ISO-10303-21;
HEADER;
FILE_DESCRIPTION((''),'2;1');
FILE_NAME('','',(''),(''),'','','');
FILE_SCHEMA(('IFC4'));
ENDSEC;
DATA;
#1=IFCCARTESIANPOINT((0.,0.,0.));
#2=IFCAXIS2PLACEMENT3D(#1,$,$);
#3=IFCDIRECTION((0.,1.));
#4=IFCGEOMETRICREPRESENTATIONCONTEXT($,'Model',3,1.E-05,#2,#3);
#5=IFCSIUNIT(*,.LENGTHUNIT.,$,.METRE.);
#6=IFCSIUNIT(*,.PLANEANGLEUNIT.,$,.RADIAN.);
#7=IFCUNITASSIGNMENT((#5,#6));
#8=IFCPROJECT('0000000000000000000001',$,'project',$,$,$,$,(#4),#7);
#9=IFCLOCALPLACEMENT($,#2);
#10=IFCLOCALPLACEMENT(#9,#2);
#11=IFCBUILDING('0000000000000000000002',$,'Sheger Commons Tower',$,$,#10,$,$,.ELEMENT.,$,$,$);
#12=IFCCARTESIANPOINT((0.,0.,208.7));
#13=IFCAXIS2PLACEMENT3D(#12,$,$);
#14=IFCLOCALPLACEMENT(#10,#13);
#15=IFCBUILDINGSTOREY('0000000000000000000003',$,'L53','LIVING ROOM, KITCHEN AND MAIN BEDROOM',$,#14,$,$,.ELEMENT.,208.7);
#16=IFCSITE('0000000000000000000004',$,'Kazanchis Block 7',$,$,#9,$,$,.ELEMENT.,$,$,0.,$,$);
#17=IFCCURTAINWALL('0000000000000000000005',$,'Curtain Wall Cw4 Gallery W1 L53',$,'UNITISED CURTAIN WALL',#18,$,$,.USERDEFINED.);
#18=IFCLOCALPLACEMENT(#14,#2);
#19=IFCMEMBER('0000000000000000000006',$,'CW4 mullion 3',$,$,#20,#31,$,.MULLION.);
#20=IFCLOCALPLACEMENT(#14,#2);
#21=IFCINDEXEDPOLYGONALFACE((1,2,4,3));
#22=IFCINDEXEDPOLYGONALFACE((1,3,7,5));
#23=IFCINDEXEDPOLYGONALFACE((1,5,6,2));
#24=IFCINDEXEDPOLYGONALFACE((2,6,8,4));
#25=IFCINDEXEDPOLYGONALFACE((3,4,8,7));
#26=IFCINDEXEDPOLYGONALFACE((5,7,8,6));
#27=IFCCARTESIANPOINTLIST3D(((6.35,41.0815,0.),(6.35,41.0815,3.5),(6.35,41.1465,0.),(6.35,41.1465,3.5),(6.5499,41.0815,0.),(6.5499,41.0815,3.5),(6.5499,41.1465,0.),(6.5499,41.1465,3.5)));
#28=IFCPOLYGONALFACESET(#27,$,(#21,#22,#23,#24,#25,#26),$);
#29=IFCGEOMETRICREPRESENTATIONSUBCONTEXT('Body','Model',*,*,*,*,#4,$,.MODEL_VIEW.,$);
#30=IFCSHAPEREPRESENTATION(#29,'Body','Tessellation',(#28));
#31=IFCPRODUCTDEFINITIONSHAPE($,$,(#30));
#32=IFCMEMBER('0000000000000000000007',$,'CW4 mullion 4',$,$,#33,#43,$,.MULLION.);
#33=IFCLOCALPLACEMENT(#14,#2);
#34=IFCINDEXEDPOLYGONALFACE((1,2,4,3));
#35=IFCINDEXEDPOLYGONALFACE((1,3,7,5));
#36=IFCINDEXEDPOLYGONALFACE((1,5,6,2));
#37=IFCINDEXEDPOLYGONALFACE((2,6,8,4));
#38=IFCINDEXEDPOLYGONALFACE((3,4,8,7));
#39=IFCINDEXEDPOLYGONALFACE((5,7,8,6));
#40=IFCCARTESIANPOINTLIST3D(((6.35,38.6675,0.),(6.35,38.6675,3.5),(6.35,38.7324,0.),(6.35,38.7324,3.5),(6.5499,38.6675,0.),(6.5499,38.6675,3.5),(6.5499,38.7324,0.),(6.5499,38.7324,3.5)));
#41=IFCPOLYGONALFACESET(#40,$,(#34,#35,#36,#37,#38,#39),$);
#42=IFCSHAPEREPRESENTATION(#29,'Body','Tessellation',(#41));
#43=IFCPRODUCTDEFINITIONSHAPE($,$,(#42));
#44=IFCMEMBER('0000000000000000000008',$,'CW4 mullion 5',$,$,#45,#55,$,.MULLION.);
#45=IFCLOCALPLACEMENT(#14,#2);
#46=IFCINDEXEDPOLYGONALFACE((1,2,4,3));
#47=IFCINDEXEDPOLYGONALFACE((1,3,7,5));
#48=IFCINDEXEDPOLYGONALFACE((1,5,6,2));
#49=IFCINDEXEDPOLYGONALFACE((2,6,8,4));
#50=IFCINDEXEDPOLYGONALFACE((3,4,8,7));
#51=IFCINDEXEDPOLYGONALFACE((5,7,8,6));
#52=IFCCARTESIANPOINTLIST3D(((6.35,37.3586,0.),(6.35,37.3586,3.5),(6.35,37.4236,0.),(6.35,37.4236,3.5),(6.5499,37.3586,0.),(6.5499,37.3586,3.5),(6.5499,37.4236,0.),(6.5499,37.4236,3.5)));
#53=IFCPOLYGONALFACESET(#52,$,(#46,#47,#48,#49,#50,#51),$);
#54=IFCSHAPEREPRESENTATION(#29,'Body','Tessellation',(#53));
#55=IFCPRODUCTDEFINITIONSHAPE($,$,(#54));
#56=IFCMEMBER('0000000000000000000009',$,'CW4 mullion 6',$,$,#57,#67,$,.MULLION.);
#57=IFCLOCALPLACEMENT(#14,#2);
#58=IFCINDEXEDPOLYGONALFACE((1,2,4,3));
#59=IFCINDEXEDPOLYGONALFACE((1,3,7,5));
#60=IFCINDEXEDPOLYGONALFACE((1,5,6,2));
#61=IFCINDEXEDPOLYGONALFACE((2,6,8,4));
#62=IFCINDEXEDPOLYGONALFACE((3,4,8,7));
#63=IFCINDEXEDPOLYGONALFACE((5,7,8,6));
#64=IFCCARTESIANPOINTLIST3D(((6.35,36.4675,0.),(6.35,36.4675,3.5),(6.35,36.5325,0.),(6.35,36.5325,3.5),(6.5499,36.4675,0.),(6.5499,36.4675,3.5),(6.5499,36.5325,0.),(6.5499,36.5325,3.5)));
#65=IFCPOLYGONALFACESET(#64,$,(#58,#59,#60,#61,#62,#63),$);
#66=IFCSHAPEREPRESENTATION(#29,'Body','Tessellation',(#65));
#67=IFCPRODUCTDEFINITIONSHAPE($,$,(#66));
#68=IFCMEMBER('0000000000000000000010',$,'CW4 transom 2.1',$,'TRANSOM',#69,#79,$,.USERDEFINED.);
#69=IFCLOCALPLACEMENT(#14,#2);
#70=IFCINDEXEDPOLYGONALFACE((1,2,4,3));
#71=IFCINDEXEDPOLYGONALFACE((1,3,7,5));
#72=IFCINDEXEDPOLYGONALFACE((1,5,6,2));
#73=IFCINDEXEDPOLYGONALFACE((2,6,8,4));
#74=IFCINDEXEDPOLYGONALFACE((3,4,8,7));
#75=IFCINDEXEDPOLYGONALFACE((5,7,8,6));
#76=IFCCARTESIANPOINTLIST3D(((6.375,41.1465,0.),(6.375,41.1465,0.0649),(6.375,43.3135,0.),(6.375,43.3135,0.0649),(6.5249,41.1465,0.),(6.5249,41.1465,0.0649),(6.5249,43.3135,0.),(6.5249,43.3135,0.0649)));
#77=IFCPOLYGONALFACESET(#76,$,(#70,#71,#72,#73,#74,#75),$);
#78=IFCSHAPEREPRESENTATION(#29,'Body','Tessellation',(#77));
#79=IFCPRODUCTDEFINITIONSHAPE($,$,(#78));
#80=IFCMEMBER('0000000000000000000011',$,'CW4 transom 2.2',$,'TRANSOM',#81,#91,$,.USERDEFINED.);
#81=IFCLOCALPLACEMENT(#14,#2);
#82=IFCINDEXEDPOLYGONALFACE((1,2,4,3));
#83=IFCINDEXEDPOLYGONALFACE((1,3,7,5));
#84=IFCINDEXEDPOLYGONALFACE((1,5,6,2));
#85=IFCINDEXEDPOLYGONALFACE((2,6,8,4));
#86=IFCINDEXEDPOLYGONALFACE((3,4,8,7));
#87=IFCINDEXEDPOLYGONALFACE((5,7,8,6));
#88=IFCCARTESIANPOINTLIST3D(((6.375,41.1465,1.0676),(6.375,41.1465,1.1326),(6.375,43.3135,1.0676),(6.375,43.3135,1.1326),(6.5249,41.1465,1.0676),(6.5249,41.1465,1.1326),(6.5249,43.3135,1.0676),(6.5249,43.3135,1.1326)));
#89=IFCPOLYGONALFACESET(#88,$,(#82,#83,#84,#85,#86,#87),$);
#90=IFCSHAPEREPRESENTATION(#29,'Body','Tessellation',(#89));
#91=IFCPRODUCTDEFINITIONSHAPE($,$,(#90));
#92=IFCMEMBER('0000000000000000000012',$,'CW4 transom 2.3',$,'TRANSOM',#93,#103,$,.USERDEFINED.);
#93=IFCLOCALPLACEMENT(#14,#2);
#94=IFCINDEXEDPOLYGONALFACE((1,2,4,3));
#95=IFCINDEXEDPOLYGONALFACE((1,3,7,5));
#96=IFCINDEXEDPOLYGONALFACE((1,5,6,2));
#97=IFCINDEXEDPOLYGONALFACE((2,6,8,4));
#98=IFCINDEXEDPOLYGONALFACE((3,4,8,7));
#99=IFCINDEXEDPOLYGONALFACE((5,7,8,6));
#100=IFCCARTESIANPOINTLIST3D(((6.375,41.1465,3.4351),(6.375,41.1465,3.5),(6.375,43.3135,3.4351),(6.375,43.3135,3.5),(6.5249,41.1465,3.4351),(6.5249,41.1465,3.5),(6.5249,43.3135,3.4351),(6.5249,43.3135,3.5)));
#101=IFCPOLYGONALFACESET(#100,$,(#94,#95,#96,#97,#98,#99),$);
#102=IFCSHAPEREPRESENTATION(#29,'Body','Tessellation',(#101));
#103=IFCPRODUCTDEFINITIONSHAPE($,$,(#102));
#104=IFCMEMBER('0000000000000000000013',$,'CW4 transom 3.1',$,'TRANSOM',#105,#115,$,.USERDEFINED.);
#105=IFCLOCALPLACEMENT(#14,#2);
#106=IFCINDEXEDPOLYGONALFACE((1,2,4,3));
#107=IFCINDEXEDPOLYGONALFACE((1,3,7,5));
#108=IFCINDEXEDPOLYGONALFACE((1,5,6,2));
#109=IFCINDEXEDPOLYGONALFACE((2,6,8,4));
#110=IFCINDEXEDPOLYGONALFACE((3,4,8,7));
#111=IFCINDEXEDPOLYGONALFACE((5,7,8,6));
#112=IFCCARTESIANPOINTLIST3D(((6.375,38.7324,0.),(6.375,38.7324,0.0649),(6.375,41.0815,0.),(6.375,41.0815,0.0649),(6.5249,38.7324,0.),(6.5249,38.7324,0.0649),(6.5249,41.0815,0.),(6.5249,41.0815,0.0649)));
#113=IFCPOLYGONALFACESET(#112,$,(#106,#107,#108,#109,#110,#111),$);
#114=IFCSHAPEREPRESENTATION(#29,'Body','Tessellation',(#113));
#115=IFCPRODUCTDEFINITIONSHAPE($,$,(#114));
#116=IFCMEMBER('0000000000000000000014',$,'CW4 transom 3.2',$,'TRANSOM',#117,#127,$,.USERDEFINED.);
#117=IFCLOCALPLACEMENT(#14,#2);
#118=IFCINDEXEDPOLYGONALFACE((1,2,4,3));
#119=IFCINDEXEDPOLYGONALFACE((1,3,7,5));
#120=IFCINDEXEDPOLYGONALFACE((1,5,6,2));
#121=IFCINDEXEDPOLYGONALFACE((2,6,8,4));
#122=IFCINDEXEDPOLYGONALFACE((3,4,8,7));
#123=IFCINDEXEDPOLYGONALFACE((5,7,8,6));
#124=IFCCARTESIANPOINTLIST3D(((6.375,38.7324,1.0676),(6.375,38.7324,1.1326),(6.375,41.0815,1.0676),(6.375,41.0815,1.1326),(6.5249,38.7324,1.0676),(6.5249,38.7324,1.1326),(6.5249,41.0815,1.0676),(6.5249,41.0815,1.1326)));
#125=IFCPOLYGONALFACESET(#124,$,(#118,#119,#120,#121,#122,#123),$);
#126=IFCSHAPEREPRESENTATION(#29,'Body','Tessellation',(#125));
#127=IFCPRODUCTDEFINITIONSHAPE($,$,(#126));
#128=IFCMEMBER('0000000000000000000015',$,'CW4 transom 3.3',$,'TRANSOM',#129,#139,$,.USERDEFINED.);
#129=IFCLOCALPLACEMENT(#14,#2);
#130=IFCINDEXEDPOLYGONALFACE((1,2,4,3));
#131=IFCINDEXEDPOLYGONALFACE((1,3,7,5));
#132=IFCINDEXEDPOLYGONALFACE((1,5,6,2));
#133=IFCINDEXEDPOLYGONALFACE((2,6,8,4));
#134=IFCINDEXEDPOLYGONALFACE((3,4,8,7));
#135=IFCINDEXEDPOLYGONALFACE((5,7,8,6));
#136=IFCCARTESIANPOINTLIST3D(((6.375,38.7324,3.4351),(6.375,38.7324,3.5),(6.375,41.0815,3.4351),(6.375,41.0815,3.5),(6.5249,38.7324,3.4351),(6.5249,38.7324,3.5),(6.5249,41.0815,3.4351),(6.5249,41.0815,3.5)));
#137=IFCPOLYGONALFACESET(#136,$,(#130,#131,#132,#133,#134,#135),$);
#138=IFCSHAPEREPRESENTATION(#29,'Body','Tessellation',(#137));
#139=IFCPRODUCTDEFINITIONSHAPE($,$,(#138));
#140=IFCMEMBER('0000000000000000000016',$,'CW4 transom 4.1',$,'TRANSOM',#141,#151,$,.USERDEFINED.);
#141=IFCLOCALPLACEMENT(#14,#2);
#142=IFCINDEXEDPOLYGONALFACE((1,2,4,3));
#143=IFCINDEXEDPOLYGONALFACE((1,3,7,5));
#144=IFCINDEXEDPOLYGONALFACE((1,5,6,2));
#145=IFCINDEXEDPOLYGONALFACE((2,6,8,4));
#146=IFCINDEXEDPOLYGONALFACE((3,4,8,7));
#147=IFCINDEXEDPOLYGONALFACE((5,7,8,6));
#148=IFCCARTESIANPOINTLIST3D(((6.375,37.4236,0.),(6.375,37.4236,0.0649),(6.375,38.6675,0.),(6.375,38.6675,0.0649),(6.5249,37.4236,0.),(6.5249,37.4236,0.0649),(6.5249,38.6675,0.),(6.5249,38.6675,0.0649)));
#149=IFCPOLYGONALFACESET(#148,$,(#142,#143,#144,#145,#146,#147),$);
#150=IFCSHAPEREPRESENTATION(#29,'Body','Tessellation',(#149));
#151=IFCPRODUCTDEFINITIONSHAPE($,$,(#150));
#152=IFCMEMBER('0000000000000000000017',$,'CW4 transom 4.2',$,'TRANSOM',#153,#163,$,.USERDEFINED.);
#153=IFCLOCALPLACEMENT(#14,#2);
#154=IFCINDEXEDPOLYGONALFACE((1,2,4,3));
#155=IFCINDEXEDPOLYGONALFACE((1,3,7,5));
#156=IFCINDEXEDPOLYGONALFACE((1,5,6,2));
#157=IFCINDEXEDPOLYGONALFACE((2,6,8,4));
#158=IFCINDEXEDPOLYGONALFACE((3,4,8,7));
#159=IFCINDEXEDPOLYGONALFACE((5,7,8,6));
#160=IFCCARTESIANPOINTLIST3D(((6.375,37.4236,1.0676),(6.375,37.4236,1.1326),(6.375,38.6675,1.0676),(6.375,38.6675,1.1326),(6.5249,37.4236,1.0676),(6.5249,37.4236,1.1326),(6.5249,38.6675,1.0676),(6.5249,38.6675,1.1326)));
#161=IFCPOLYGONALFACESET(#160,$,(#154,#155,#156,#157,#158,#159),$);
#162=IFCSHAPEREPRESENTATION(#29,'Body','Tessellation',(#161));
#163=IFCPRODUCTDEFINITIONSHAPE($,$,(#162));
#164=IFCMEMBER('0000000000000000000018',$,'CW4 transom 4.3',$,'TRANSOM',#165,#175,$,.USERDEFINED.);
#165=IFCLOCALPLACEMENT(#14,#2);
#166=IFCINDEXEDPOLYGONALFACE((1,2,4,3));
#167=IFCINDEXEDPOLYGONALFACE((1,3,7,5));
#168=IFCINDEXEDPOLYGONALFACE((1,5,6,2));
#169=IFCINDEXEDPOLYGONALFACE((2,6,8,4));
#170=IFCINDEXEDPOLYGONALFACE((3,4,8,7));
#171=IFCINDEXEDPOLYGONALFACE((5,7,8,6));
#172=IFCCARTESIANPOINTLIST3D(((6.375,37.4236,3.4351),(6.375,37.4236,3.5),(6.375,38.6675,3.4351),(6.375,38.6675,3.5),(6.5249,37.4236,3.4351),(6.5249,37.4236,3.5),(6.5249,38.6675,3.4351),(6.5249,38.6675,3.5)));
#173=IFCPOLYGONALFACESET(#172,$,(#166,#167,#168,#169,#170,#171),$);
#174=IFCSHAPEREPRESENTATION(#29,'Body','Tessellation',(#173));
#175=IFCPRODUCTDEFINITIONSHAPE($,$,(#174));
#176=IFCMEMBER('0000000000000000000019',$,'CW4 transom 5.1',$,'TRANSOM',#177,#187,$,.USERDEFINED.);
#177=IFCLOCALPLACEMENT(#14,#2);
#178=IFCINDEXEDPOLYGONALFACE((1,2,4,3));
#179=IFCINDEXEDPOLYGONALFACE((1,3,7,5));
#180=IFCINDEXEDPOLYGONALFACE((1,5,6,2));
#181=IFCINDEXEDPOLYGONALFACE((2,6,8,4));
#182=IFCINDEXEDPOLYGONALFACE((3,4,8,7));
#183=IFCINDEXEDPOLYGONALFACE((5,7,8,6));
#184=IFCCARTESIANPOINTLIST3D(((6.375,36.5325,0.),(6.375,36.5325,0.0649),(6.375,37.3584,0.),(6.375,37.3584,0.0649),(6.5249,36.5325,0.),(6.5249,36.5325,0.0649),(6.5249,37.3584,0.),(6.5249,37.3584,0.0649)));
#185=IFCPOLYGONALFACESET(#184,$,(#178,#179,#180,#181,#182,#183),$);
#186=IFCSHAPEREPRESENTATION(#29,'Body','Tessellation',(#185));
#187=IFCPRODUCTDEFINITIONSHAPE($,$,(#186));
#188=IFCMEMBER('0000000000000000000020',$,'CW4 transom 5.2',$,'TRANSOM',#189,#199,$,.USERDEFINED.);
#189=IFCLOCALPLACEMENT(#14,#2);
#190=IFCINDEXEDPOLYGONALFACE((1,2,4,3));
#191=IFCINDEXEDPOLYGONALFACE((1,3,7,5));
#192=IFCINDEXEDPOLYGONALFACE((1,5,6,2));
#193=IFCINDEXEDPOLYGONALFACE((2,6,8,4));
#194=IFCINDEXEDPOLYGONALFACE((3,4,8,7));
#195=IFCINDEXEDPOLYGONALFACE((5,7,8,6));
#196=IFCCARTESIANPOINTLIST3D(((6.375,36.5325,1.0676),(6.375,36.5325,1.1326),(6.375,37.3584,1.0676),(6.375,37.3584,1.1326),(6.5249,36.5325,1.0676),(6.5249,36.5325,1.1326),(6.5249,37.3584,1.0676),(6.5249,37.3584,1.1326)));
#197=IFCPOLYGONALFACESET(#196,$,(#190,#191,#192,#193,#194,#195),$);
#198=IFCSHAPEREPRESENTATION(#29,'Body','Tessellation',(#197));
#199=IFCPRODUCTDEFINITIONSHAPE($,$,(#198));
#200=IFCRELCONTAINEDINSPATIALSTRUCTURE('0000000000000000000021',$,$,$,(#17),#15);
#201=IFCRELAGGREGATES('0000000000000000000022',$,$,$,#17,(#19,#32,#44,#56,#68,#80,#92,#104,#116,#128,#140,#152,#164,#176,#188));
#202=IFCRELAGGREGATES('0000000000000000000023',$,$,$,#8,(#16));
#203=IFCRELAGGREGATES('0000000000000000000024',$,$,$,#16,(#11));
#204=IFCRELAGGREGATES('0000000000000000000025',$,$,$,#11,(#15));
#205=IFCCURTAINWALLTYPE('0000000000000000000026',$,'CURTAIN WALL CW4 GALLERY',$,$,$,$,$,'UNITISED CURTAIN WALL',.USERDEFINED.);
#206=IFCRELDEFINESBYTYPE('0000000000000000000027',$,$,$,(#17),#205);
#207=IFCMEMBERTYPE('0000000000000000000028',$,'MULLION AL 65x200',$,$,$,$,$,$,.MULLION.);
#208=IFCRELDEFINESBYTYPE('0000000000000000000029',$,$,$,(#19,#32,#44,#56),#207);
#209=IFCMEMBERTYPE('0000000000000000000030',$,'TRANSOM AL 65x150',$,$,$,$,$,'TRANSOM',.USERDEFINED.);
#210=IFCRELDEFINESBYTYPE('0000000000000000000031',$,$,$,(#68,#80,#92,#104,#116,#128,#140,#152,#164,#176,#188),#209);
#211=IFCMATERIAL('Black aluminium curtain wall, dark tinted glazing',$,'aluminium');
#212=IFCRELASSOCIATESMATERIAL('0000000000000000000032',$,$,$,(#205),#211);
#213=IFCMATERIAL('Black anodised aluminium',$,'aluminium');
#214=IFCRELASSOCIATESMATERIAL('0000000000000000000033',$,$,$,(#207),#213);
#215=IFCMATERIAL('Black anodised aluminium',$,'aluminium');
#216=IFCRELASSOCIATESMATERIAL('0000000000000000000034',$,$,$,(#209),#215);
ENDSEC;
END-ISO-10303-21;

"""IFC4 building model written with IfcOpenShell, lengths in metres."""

from ifc_helpers import new_model, si_unit, direction, frame, origin, origin_2d, place, context, subcontext, project, spatial, rectangle, extrude, material, material_profile, profile_set, type_object, element, aggregate, save


model = new_model("IFC4")

# Units and contexts
model_context = context("Model", 3, precision=1e-05, world=origin(), true_north=direction((0.0, 1.0)))
body_context = subcontext(model_context, "Body", "Model", "MODEL_VIEW")
ifc_project = project(units=[si_unit("LENGTHUNIT", "METRE"), si_unit("PLANEANGLEUNIT", "RADIAN")], contexts=[model_context])

# Site, building, storey
site_placement = place(None, origin())
site = spatial("IfcSite", under=ifc_project, at=site_placement, Name="Kazanchis Block 7", CompositionType="ELEMENT", RefElevation=0.0)
building_placement = place(site_placement, origin())
building = spatial("IfcBuilding", under=site, at=building_placement, Name="Sheger Commons Tower", CompositionType="ELEMENT")
storey_placement = place(building_placement, frame((0.0, 0.0, 208.7)))
storey = spatial("IfcBuildingStorey", under=building, at=storey_placement, Name="L53", Description="LIVING ROOM, KITCHEN AND MAIN BEDROOM", CompositionType="ELEMENT", Elevation=208.7)

# Curtain wall, members
ifc_material_1 = material(Name="Black aluminium curtain wall, dark tinted glazing", Category="aluminium")
curtain_wall_type = type_object("IfcCurtainWallType", Name="CURTAIN WALL CW4 GALLERY", ElementType="UNITISED CURTAIN WALL", PredefinedType="USERDEFINED", material=ifc_material_1)
curtain_wall_placement = place(storey_placement, origin())
curtain_wall = element("IfcCurtainWall", 1, at=curtain_wall_placement, inside=storey, type_object=curtain_wall_type, Name="Curtain Wall Cw4 Gallery W1 L53", ObjectType="UNITISED CURTAIN WALL", PredefinedType="USERDEFINED")
ifc_material_2 = material(Name="Black anodised aluminium", Category="aluminium")
ifc_material_profile_1 = material_profile(ifc_material_2, rectangle(XDim=0.2, YDim=0.0649, at=origin_2d()), Name="AL 65x200")
ifc_profile_set_1 = profile_set([ifc_material_profile_1], Name="Black anodised aluminium")
member_type_1 = type_object("IfcMemberType", Name="MULLION AL 65x200", PredefinedType="MULLION", material=ifc_profile_set_1)
member_1_placement = place(storey_placement, frame((6.45, 41.114, 0.0), z_axis=(0.0, 0.0, 1.0), x_axis=(1.0, 0.0, 0.0)))
member_1 = element("IfcMember", 2, at=member_1_placement, type_object=member_type_1, Name="CW4 mullion 3", PredefinedType="MULLION", context=body_context, shape_type="SweptSolid", body=[
    extrude(rectangle(XDim=0.2, YDim=0.0649, at=origin_2d()), origin(), (0.0, 0.0, 1.0), 3.5),
])
member_2_placement = place(storey_placement, frame((6.45, 38.7, 0.0), z_axis=(0.0, 0.0, 1.0), x_axis=(1.0, 0.0, 0.0)))
member_2 = element("IfcMember", 3, at=member_2_placement, type_object=member_type_1, Name="CW4 mullion 4", PredefinedType="MULLION", context=body_context, shape_type="SweptSolid", body=[
    extrude(rectangle(XDim=0.2, YDim=0.0649, at=origin_2d()), origin(), (0.0, 0.0, 1.0), 3.5),
])
member_3_placement = place(storey_placement, frame((6.45, 37.3911, 0.0), z_axis=(0.0, 0.0, 1.0), x_axis=(1.0, 0.0, 0.0)))
member_3 = element("IfcMember", 4, at=member_3_placement, type_object=member_type_1, Name="CW4 mullion 5", PredefinedType="MULLION", context=body_context, shape_type="SweptSolid", body=[
    extrude(rectangle(XDim=0.2, YDim=0.0649, at=origin_2d()), origin(), (0.0, 0.0, 1.0), 3.5),
])
member_4_placement = place(storey_placement, frame((6.45, 36.5, 0.0), z_axis=(0.0, 0.0, 1.0), x_axis=(1.0, 0.0, 0.0)))
member_4 = element("IfcMember", 5, at=member_4_placement, type_object=member_type_1, Name="CW4 mullion 6", PredefinedType="MULLION", context=body_context, shape_type="SweptSolid", body=[
    extrude(rectangle(XDim=0.2, YDim=0.0649, at=origin_2d()), origin(), (0.0, 0.0, 1.0), 3.5),
])
ifc_material_3 = material(Name="Black anodised aluminium", Category="aluminium")
ifc_material_profile_2 = material_profile(ifc_material_3, rectangle(XDim=0.1499, YDim=0.0649, at=origin_2d()), Name="AL 65x150")
ifc_profile_set_2 = profile_set([ifc_material_profile_2], Name="Black anodised aluminium")
member_type_2 = type_object("IfcMemberType", Name="TRANSOM AL 65x150", ElementType="TRANSOM", PredefinedType="USERDEFINED", material=ifc_profile_set_2)
member_5_placement = place(storey_placement, frame((6.45, 43.3135, 0.0325), z_axis=(0.0, -1.0, 0.0), x_axis=(1.0, 0.0, 0.0)))
member_5 = element("IfcMember", 6, at=member_5_placement, type_object=member_type_2, Name="CW4 transom 2.1", ObjectType="TRANSOM", PredefinedType="USERDEFINED", context=body_context, shape_type="SweptSolid", body=[
    extrude(rectangle(XDim=0.1499, YDim=0.0649, at=origin_2d()), origin(), (0.0, 0.0, 1.0), 2.167),
])
member_6_placement = place(storey_placement, frame((6.45, 43.3135, 1.1001), z_axis=(0.0, -1.0, 0.0), x_axis=(1.0, 0.0, 0.0)))
member_6 = element("IfcMember", 7, at=member_6_placement, type_object=member_type_2, Name="CW4 transom 2.2", ObjectType="TRANSOM", PredefinedType="USERDEFINED", context=body_context, shape_type="SweptSolid", body=[
    extrude(rectangle(XDim=0.1499, YDim=0.0649, at=origin_2d()), origin(), (0.0, 0.0, 1.0), 2.167),
])
member_7_placement = place(storey_placement, frame((6.45, 43.3135, 3.4675), z_axis=(0.0, -1.0, 0.0), x_axis=(1.0, 0.0, 0.0)))
member_7 = element("IfcMember", 8, at=member_7_placement, type_object=member_type_2, Name="CW4 transom 2.3", ObjectType="TRANSOM", PredefinedType="USERDEFINED", context=body_context, shape_type="SweptSolid", body=[
    extrude(rectangle(XDim=0.1499, YDim=0.0649, at=origin_2d()), origin(), (0.0, 0.0, 1.0), 2.167),
])
member_8_placement = place(storey_placement, frame((6.45, 41.0815, 0.0325), z_axis=(0.0, -1.0, 0.0), x_axis=(1.0, 0.0, 0.0)))
member_8 = element("IfcMember", 9, at=member_8_placement, type_object=member_type_2, Name="CW4 transom 3.1", ObjectType="TRANSOM", PredefinedType="USERDEFINED", context=body_context, shape_type="SweptSolid", body=[
    extrude(rectangle(XDim=0.1499, YDim=0.0649, at=origin_2d()), origin(), (0.0, 0.0, 1.0), 2.3491),
])
member_9_placement = place(storey_placement, frame((6.45, 41.0815, 1.1001), z_axis=(0.0, -1.0, 0.0), x_axis=(1.0, 0.0, 0.0)))
member_9 = element("IfcMember", 10, at=member_9_placement, type_object=member_type_2, Name="CW4 transom 3.2", ObjectType="TRANSOM", PredefinedType="USERDEFINED", context=body_context, shape_type="SweptSolid", body=[
    extrude(rectangle(XDim=0.1499, YDim=0.0649, at=origin_2d()), origin(), (0.0, 0.0, 1.0), 2.3491),
])
member_10_placement = place(storey_placement, frame((6.45, 41.0815, 3.4675), z_axis=(0.0, -1.0, 0.0), x_axis=(1.0, 0.0, 0.0)))
member_10 = element("IfcMember", 11, at=member_10_placement, type_object=member_type_2, Name="CW4 transom 3.3", ObjectType="TRANSOM", PredefinedType="USERDEFINED", context=body_context, shape_type="SweptSolid", body=[
    extrude(rectangle(XDim=0.1499, YDim=0.0649, at=origin_2d()), origin(), (0.0, 0.0, 1.0), 2.3491),
])
member_11_placement = place(storey_placement, frame((6.45, 38.6675, 0.0325), z_axis=(0.0, -1.0, 0.0), x_axis=(1.0, 0.0, 0.0)))
member_11 = element("IfcMember", 12, at=member_11_placement, type_object=member_type_2, Name="CW4 transom 4.1", ObjectType="TRANSOM", PredefinedType="USERDEFINED", context=body_context, shape_type="SweptSolid", body=[
    extrude(rectangle(XDim=0.1499, YDim=0.0649, at=origin_2d()), origin(), (0.0, 0.0, 1.0), 1.2439),
])
member_12_placement = place(storey_placement, frame((6.45, 38.6675, 1.1001), z_axis=(0.0, -1.0, 0.0), x_axis=(1.0, 0.0, 0.0)))
member_12 = element("IfcMember", 13, at=member_12_placement, type_object=member_type_2, Name="CW4 transom 4.2", ObjectType="TRANSOM", PredefinedType="USERDEFINED", context=body_context, shape_type="SweptSolid", body=[
    extrude(rectangle(XDim=0.1499, YDim=0.0649, at=origin_2d()), origin(), (0.0, 0.0, 1.0), 1.2439),
])
member_13_placement = place(storey_placement, frame((6.45, 38.6675, 3.4675), z_axis=(0.0, -1.0, 0.0), x_axis=(1.0, 0.0, 0.0)))
member_13 = element("IfcMember", 14, at=member_13_placement, type_object=member_type_2, Name="CW4 transom 4.3", ObjectType="TRANSOM", PredefinedType="USERDEFINED", context=body_context, shape_type="SweptSolid", body=[
    extrude(rectangle(XDim=0.1499, YDim=0.0649, at=origin_2d()), origin(), (0.0, 0.0, 1.0), 1.2439),
])
member_14_placement = place(storey_placement, frame((6.45, 37.3584, 0.0325), z_axis=(0.0, -1.0, 0.0), x_axis=(1.0, 0.0, 0.0)))
member_14 = element("IfcMember", 15, at=member_14_placement, type_object=member_type_2, Name="CW4 transom 5.1", ObjectType="TRANSOM", PredefinedType="USERDEFINED", context=body_context, shape_type="SweptSolid", body=[
    extrude(rectangle(XDim=0.1499, YDim=0.0649, at=origin_2d()), origin(), (0.0, 0.0, 1.0), 0.8259),
])
member_15_placement = place(storey_placement, frame((6.45, 37.3584, 1.1001), z_axis=(0.0, -1.0, 0.0), x_axis=(1.0, 0.0, 0.0)))
member_15 = element("IfcMember", 16, at=member_15_placement, type_object=member_type_2, Name="CW4 transom 5.2", ObjectType="TRANSOM", PredefinedType="USERDEFINED", context=body_context, shape_type="SweptSolid", body=[
    extrude(rectangle(XDim=0.1499, YDim=0.0649, at=origin_2d()), origin(), (0.0, 0.0, 1.0), 0.8259),
])
aggregate(curtain_wall, [member_1, member_2, member_3, member_4, member_5, member_6, member_7, member_8, member_9, member_10, member_11, member_12, member_13, member_14, member_15])

save(model, "model.ifc")
